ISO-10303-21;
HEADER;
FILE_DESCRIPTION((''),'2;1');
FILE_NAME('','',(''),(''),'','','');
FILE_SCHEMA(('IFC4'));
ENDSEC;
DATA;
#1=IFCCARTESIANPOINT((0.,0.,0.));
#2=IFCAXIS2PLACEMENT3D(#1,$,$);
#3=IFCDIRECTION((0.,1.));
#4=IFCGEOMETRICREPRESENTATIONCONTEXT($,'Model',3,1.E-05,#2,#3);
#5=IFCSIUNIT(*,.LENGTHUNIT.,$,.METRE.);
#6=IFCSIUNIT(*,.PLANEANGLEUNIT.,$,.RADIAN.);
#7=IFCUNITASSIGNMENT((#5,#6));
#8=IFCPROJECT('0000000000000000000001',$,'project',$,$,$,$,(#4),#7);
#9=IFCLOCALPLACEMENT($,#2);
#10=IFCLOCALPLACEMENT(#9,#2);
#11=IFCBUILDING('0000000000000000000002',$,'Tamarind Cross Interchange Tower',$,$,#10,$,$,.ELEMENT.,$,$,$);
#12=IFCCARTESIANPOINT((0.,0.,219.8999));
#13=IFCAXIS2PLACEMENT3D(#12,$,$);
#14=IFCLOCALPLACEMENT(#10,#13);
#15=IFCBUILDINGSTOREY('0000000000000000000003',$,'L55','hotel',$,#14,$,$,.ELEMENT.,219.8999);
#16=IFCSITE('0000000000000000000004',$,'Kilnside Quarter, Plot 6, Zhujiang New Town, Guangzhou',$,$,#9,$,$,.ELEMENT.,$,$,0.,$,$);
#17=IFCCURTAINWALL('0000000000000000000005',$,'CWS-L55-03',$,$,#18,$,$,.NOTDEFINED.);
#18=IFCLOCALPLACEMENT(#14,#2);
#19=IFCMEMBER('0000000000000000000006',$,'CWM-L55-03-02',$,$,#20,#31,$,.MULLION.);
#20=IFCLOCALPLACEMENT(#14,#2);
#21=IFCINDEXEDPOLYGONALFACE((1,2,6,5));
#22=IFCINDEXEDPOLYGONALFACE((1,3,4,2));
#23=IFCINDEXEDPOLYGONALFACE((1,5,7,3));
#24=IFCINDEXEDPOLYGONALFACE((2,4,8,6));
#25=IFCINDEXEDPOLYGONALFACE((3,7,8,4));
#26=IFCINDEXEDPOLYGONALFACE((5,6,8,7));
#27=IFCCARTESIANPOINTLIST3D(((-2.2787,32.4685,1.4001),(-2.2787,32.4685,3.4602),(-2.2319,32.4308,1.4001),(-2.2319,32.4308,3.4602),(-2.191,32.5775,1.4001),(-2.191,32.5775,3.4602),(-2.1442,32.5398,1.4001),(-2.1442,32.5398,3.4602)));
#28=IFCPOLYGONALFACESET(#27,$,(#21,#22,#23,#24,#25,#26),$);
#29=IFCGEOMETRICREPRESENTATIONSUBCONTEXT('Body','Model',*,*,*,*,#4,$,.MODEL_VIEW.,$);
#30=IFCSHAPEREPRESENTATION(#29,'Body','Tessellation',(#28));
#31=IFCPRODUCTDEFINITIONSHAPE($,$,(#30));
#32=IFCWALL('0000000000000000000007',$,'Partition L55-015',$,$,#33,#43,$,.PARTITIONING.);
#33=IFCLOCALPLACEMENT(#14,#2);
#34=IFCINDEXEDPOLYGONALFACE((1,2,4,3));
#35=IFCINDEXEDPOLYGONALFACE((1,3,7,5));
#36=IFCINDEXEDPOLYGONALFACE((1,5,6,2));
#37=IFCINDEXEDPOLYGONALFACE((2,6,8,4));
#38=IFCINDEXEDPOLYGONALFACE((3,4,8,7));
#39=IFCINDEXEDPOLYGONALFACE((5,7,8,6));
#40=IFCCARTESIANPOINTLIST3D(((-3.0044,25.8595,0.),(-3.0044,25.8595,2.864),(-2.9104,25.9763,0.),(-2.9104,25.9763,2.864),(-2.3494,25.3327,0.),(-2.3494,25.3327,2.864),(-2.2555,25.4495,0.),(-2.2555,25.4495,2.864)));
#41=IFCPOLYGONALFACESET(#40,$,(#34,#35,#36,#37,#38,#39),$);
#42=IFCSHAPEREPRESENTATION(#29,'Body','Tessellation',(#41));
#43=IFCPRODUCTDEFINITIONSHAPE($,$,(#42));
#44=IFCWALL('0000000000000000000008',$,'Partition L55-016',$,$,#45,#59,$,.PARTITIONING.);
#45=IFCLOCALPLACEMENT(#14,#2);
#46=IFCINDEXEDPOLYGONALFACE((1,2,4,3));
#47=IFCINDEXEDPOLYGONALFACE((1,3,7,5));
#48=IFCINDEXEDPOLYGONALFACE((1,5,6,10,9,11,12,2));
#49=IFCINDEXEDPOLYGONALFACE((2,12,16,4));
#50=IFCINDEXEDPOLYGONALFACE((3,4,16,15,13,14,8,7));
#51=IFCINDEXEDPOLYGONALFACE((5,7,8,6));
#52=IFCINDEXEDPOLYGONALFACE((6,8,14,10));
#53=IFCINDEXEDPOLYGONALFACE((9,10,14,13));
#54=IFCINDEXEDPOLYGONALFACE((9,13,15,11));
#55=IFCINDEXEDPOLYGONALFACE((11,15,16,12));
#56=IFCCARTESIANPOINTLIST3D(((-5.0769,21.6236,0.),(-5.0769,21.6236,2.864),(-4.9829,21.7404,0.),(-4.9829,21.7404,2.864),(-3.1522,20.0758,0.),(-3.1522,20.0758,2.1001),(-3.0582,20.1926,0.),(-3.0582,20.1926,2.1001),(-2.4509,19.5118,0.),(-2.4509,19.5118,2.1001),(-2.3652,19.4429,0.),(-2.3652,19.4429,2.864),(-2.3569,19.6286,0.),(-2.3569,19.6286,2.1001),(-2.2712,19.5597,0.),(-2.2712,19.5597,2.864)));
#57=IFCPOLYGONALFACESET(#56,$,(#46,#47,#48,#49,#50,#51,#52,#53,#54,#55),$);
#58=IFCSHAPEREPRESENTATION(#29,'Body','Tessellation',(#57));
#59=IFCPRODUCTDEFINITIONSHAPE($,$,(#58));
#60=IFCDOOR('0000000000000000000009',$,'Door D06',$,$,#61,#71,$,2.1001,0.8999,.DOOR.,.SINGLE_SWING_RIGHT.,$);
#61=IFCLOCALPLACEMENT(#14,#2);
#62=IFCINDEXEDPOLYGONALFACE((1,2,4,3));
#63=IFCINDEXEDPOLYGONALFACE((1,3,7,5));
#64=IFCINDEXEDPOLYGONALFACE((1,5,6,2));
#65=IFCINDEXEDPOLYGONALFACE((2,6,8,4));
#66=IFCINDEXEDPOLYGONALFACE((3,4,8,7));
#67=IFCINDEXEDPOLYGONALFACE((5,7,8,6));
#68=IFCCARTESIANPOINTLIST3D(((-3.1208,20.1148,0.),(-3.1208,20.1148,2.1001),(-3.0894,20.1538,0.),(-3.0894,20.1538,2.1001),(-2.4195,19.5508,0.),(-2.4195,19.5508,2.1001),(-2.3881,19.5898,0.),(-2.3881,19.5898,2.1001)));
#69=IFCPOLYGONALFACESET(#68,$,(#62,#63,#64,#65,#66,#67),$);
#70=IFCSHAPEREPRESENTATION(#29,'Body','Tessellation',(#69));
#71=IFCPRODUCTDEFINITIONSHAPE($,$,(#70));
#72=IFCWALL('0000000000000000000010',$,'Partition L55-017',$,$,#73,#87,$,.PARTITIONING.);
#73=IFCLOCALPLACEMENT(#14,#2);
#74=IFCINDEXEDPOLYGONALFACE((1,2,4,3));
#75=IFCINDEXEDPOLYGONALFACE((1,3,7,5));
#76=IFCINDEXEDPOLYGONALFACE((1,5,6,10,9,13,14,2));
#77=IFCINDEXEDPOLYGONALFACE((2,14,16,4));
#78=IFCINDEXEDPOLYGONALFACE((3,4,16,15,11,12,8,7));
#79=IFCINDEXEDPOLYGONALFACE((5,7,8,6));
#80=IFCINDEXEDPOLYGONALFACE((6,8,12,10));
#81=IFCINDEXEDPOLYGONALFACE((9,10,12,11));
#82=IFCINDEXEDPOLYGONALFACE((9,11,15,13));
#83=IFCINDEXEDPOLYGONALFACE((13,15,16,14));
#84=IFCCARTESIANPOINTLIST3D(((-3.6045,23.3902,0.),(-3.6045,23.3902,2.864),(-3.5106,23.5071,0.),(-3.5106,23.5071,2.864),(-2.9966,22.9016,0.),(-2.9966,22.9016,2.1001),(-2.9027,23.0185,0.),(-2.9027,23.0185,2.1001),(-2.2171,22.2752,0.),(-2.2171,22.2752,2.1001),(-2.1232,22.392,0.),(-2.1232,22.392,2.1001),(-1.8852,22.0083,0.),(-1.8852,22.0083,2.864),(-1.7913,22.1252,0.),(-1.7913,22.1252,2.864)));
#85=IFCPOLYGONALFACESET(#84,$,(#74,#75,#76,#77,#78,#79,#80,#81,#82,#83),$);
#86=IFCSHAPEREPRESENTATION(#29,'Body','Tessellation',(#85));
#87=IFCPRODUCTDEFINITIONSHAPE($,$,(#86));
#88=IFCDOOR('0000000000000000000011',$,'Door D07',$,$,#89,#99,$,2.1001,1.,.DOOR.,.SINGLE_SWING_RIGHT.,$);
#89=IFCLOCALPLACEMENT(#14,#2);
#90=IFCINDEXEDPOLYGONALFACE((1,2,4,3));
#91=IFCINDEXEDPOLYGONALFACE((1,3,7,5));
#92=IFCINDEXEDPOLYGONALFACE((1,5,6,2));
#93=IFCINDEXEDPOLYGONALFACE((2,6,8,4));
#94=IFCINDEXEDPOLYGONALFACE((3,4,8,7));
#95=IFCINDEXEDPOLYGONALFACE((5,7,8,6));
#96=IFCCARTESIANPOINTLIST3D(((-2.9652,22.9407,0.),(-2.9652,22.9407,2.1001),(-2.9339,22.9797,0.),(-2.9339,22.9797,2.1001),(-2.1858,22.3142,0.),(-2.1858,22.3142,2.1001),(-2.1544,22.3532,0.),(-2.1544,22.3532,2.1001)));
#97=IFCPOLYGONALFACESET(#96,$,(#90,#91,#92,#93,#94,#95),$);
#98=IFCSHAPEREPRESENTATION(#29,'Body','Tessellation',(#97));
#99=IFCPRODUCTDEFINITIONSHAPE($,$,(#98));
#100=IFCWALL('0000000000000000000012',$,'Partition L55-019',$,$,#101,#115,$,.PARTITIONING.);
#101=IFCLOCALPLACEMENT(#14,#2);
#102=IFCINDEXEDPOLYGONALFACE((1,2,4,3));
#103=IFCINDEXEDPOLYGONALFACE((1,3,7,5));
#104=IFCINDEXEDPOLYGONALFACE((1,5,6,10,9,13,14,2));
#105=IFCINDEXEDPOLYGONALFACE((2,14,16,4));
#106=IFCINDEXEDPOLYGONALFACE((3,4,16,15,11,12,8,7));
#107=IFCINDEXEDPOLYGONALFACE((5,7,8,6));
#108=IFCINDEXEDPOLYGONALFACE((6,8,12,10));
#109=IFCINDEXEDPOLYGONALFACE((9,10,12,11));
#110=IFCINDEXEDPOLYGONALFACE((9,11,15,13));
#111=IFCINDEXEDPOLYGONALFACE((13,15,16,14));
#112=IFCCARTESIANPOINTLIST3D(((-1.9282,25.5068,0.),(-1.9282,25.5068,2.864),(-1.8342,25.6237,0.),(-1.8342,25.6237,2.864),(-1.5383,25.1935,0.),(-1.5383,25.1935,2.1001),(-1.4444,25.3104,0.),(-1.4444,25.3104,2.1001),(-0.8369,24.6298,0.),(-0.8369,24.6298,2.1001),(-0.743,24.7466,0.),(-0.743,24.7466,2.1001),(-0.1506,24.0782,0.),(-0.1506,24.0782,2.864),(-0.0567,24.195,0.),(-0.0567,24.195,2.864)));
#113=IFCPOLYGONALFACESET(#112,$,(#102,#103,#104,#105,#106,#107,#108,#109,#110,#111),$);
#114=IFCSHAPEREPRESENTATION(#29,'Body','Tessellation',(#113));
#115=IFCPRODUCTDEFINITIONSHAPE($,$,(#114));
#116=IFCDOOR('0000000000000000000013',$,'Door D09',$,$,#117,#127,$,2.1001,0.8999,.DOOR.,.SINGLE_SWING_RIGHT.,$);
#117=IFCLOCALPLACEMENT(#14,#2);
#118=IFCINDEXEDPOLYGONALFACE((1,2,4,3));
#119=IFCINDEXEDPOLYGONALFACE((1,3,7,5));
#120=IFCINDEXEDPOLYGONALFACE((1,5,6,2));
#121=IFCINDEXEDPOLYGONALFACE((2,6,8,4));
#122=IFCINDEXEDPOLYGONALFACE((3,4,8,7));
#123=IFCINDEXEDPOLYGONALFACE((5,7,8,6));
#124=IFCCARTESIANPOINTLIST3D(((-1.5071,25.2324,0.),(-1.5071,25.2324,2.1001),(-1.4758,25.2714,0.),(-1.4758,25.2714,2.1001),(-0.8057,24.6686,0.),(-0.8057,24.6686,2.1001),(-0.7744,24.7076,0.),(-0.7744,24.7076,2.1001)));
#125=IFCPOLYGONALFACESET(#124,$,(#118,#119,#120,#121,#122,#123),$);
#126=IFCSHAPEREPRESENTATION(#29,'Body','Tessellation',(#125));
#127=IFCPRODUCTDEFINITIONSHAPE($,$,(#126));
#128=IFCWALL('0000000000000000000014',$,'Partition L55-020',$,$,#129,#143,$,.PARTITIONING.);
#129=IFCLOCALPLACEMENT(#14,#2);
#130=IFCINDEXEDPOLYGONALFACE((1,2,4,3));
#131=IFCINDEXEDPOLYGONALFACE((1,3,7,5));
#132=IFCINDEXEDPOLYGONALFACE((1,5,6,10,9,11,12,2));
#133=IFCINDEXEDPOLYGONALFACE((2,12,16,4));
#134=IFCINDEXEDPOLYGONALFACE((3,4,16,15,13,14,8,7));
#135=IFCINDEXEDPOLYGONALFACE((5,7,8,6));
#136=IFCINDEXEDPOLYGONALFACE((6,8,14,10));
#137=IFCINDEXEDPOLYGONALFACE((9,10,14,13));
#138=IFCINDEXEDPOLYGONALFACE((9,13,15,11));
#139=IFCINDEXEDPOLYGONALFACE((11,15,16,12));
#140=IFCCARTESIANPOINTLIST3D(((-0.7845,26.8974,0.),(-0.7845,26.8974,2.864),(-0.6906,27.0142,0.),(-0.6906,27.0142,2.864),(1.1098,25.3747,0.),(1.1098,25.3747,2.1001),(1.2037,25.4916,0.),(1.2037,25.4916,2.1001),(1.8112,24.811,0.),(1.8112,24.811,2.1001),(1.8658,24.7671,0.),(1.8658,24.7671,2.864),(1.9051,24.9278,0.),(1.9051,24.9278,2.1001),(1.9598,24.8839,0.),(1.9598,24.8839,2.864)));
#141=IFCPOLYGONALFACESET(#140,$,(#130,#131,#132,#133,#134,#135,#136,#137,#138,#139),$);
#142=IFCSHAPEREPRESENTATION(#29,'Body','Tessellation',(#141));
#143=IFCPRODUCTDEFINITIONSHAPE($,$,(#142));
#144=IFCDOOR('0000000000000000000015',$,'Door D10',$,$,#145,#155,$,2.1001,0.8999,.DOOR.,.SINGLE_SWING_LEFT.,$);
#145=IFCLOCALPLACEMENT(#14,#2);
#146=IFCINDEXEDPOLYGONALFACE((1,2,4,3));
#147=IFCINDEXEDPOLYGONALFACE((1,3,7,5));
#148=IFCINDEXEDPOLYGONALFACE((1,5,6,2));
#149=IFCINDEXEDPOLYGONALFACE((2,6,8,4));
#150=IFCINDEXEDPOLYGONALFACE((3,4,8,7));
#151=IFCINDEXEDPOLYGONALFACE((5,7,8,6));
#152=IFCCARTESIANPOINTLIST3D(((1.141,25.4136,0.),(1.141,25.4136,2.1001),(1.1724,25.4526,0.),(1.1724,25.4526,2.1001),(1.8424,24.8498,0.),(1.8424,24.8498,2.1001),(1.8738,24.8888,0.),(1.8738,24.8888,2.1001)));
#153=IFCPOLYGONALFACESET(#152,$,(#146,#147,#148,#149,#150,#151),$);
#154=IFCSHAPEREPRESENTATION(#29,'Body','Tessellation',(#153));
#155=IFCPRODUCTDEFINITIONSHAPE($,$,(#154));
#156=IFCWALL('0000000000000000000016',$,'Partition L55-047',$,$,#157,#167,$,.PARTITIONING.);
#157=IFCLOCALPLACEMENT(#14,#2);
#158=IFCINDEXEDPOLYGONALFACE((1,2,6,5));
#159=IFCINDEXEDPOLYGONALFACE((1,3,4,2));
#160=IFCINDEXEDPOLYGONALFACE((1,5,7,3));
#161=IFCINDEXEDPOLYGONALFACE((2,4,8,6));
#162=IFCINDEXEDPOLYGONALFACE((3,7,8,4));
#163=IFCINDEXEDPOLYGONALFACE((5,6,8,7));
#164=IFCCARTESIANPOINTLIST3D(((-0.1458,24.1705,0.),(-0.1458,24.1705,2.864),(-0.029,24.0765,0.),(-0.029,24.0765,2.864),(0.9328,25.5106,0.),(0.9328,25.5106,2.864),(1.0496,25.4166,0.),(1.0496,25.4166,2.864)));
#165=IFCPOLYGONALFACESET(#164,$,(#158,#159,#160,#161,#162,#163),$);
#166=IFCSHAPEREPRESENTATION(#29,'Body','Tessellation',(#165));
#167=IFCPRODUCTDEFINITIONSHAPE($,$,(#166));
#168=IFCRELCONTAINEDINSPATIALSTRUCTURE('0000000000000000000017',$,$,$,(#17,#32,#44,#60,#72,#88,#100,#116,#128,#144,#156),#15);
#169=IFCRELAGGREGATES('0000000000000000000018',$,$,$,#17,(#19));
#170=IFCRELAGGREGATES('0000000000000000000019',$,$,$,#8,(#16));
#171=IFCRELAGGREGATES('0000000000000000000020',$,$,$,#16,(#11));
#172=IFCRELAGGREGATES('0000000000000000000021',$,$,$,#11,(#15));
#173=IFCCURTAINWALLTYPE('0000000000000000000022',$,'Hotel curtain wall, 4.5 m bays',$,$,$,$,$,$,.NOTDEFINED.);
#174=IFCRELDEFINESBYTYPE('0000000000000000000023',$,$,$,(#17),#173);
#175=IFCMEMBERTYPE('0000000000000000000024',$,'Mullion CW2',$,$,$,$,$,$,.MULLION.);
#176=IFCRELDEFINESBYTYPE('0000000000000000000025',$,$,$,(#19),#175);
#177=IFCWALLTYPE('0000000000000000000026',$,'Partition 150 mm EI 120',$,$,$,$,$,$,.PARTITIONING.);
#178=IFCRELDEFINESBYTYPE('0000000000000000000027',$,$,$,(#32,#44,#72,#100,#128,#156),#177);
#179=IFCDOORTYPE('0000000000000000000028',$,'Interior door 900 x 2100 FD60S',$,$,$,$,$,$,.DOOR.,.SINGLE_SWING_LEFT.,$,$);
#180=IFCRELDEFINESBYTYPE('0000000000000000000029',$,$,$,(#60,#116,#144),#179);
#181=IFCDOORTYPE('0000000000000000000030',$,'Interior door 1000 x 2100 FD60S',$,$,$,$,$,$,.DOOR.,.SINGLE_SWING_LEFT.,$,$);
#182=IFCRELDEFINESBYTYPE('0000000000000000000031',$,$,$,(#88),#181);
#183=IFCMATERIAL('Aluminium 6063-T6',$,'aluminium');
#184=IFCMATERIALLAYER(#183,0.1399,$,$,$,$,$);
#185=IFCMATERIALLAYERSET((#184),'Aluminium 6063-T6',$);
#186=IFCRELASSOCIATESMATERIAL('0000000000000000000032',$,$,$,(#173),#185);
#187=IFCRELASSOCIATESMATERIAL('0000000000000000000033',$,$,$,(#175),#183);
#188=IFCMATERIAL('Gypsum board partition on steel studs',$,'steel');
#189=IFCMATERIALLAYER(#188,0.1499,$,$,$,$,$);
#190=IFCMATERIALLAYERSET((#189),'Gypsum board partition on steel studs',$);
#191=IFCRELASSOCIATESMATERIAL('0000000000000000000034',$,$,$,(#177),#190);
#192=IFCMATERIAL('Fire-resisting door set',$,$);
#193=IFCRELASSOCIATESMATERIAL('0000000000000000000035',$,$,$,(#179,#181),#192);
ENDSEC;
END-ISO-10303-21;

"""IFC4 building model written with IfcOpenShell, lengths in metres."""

from ifc_helpers import new_model, si_unit, direction, frame, frame_2d, origin, origin_2d, place, context, subcontext, project, spatial, rectangle, extrude, material, layer, layer_set, material_profile, profile_set, type_object, element, fill, aggregate, save


model = new_model("IFC4")

# Units and contexts
model_context = context("Model", 3, precision=1e-05, world=origin(), true_north=direction((0.0, 1.0)))
body_context = subcontext(model_context, "Body", "Model", "MODEL_VIEW")
ifc_project = project(units=[si_unit("LENGTHUNIT", "METRE"), si_unit("PLANEANGLEUNIT", "RADIAN")], contexts=[model_context])

# Site, building, storey
site_placement = place(None, origin())
site = spatial("IfcSite", under=ifc_project, at=site_placement, Name="Kilnside Quarter, Plot 6, Zhujiang New Town, Guangzhou", CompositionType="ELEMENT", RefElevation=0.0)
building_placement = place(site_placement, origin())
building = spatial("IfcBuilding", under=site, at=building_placement, Name="Tamarind Cross Interchange Tower", CompositionType="ELEMENT")
storey_placement = place(building_placement, frame((0.0, 0.0, 219.8999)))
storey = spatial("IfcBuildingStorey", under=building, at=storey_placement, Name="L55", Description="hotel", CompositionType="ELEMENT", Elevation=219.8999)

# Curtain wall, member
ifc_material_1 = material(Name="Aluminium 6063-T6", Category="aluminium")
ifc_layer_1 = layer(ifc_material_1, 0.1399)
ifc_layer_set_1 = layer_set([ifc_layer_1], Name="Aluminium 6063-T6")
curtain_wall_type = type_object("IfcCurtainWallType", Name="Hotel curtain wall, 4.5 m bays", PredefinedType="NOTDEFINED", material=ifc_layer_set_1)
curtain_wall_placement = place(storey_placement, origin())
curtain_wall = element("IfcCurtainWall", 1, at=curtain_wall_placement, inside=storey, type_object=curtain_wall_type, Name="CWS-L55-03", PredefinedType="NOTDEFINED")
ifc_material_profile_1 = material_profile(ifc_material_1, rectangle(XDim=0.0601, YDim=0.1399, at=origin_2d()), Name="Mullion CW2")
ifc_profile_set_1 = profile_set([ifc_material_profile_1], Name="Aluminium 6063-T6")
member_type = type_object("IfcMemberType", Name="Mullion CW2", PredefinedType="MULLION", material=ifc_profile_set_1)
member_placement = place(storey_placement, frame((-2.2114, 32.5042, 1.4001), z_axis=(0.0, 0.0, 1.0), x_axis=(-0.779285, 0.626669, 0.0)))
member = element("IfcMember", 2, at=member_placement, type_object=member_type, Name="CWM-L55-03-02", PredefinedType="MULLION", context=body_context, shape_type="SweptSolid", body=[
    extrude(rectangle(XDim=0.0601, YDim=0.1399, at=origin_2d()), origin(), (0.0, 0.0, 1.0), 2.0601),
])
aggregate(curtain_wall, [member])

# Wall
ifc_material_2 = material(Name="Gypsum board partition on steel studs", Category="steel")
ifc_layer_2 = layer(ifc_material_2, 0.1499)
ifc_layer_set_2 = layer_set([ifc_layer_2], Name="Gypsum board partition on steel studs")
wall_type_1 = type_object("IfcWallType", Name="Partition 150 mm EI 120", PredefinedType="PARTITIONING", material=ifc_layer_set_2)
wall_1_placement = place(storey_placement, frame((-2.9575, 25.918, 0.0), z_axis=(0.0, 0.0, 1.0), x_axis=(0.779223, -0.626747, 0.0)))
element("IfcWall", 3, at=wall_1_placement, inside=storey, type_object=wall_type_1, Name="Partition L55-015", PredefinedType="PARTITIONING", context=body_context, shape_type="SweptSolid", body=[
    extrude(rectangle(XDim=0.8406, YDim=0.1499, at=frame_2d((0.4204, 0.0))), origin(), (0.0, 0.0, 1.0), 2.864),
])

# Walls, openings, doors
wall_2_placement = place(storey_placement, frame((-5.0298, 21.6819, 0.0), z_axis=(0.0, 0.0, 1.0), x_axis=(0.779278, -0.626678, 0.0)))
wall_2 = element("IfcWall", 4, at=wall_2_placement, inside=storey, type_object=wall_type_1, Name="Partition L55-016", PredefinedType="PARTITIONING", context=body_context, shape_type="SweptSolid", body=[
    extrude(rectangle(XDim=3.4797, YDim=0.1499, at=frame_2d((1.7397, 0.0))), origin(), (0.0, 0.0, 1.0), 2.864),
])
opening_1_placement = place(wall_2_placement, frame((2.4697, 0.0, 0.0)))
opening_1 = element("IfcOpeningElement", 5, at=opening_1_placement, cuts=wall_2, PredefinedType="OPENING", context=body_context, shape_type="SweptSolid", body=[
    extrude(rectangle(XDim=0.8999, YDim=2.1001, at=frame_2d((0.45, 1.05))), frame((0.0, 0.085, 0.0), z_axis=(0.0, -1.0, 0.0), x_axis=(1.0, 0.0, 0.0)), (0.0, 0.0, 1.0), 0.1699),
])
ifc_material_3 = material(Name="Fire-resisting door set")
door_type_1 = type_object("IfcDoorType", Name="Interior door 900 x 2100 FD60S", OperationType="SINGLE_SWING_LEFT", PredefinedType="DOOR", material=ifc_material_3)
door_1_placement = place(opening_1_placement, frame((0.8999, 0.0, 0.0), z_axis=(0.0, 0.0, 1.0), x_axis=(-1.0, 0.0, 0.0)))
door_1 = element("IfcDoor", 6, at=door_1_placement, inside=storey, type_object=door_type_1, Name="Door D06", OperationType="SINGLE_SWING_RIGHT", OverallHeight=2.1001, OverallWidth=0.8999, PredefinedType="DOOR", context=body_context, shape_type="SweptSolid", body=[
    extrude(rectangle(XDim=0.8999, YDim=2.1001, at=frame_2d((0.45, 1.05))), frame((0.0, 0.0249, 0.0), z_axis=(0.0, -1.0, 0.0), x_axis=(1.0, 0.0, 0.0)), (0.0, 0.0, 1.0), 0.05),
])
fill(opening_1, door_1)
wall_3_placement = place(storey_placement, frame((-3.5576, 23.4487, 0.0), z_axis=(0.0, 0.0, 1.0), x_axis=(0.779441, -0.626475, 0.0)))
wall_3 = element("IfcWall", 7, at=wall_3_placement, inside=storey, type_object=wall_type_1, Name="Partition L55-017", PredefinedType="PARTITIONING", context=body_context, shape_type="SweptSolid", body=[
    extrude(rectangle(XDim=2.2058, YDim=0.1499, at=frame_2d((1.103, 0.0))), origin(), (0.0, 0.0, 1.0), 2.864),
])
opening_2_placement = place(wall_3_placement, frame((0.78, 0.0, 0.0)))
opening_2 = element("IfcOpeningElement", 8, at=opening_2_placement, cuts=wall_3, PredefinedType="OPENING", context=body_context, shape_type="SweptSolid", body=[
    extrude(rectangle(XDim=1.0, YDim=2.1001, at=frame_2d((0.5, 1.05))), frame((0.0, 0.085, 0.0), z_axis=(0.0, -1.0, 0.0), x_axis=(1.0, 0.0, 0.0)), (0.0, 0.0, 1.0), 0.1699),
])
door_type_2 = type_object("IfcDoorType", Name="Interior door 1000 x 2100 FD60S", OperationType="SINGLE_SWING_LEFT", PredefinedType="DOOR", material=ifc_material_3)
door_2_placement = place(opening_2_placement, frame((1.0, 0.0, 0.0), z_axis=(0.0, 0.0, 1.0), x_axis=(-1.0, 0.0, 0.0)))
door_2 = element("IfcDoor", 9, at=door_2_placement, inside=storey, type_object=door_type_2, Name="Door D07", OperationType="SINGLE_SWING_RIGHT", OverallHeight=2.1001, OverallWidth=1.0, PredefinedType="DOOR", context=body_context, shape_type="SweptSolid", body=[
    extrude(rectangle(XDim=1.0, YDim=2.1001, at=frame_2d((0.5, 1.05))), frame((0.0, 0.0249, 0.0), z_axis=(0.0, -1.0, 0.0), x_axis=(1.0, 0.0, 0.0)), (0.0, 0.0, 1.0), 0.05),
])
fill(opening_2, door_2)
wall_4_placement = place(storey_placement, frame((-1.8811, 25.5652, 0.0), z_axis=(0.0, 0.0, 1.0), x_axis=(0.779446, -0.626469, 0.0)))
wall_4 = element("IfcWall", 10, at=wall_4_placement, inside=storey, type_object=wall_type_1, Name="Partition L55-019", PredefinedType="PARTITIONING", context=body_context, shape_type="SweptSolid", body=[
    extrude(rectangle(XDim=2.2805, YDim=0.1499, at=frame_2d((1.1401, 0.0))), origin(), (0.0, 0.0, 1.0), 2.864),
])
opening_3_placement = place(wall_4_placement, frame((0.5, 0.0, 0.0)))
opening_3 = element("IfcOpeningElement", 11, at=opening_3_placement, cuts=wall_4, PredefinedType="OPENING", context=body_context, shape_type="SweptSolid", body=[
    extrude(rectangle(XDim=0.8999, YDim=2.1001, at=frame_2d((0.45, 1.05))), frame((0.0, 0.085, 0.0), z_axis=(0.0, -1.0, 0.0), x_axis=(1.0, 0.0, 0.0)), (0.0, 0.0, 1.0), 0.1699),
])
door_3_placement = place(opening_3_placement, origin())
door_3 = element("IfcDoor", 12, at=door_3_placement, inside=storey, type_object=door_type_1, Name="Door D09", OperationType="SINGLE_SWING_RIGHT", OverallHeight=2.1001, OverallWidth=0.8999, PredefinedType="DOOR", context=body_context, shape_type="SweptSolid", body=[
    extrude(rectangle(XDim=0.8999, YDim=2.1001, at=frame_2d((0.45, 1.05))), frame((0.0, 0.0249, 0.0), z_axis=(0.0, -1.0, 0.0), x_axis=(1.0, 0.0, 0.0)), (0.0, 0.0, 1.0), 0.05),
])
fill(opening_3, door_3)
wall_5_placement = place(storey_placement, frame((-0.7375, 26.9558, 0.0), z_axis=(0.0, 0.0, 1.0), x_axis=(0.779424, -0.626497, 0.0)))
wall_5 = element("IfcWall", 13, at=wall_5_placement, inside=storey, type_object=wall_type_1, Name="Partition L55-020", PredefinedType="PARTITIONING", context=body_context, shape_type="SweptSolid", body=[
    extrude(rectangle(XDim=3.4004, YDim=0.1499, at=frame_2d((1.7002, 0.0))), origin(), (0.0, 0.0, 1.0), 2.864),
])
opening_4_placement = place(wall_5_placement, frame((2.4304, 0.0, 0.0)))
opening_4 = element("IfcOpeningElement", 14, at=opening_4_placement, cuts=wall_5, PredefinedType="OPENING", context=body_context, shape_type="SweptSolid", body=[
    extrude(rectangle(XDim=0.8999, YDim=2.1001, at=frame_2d((0.45, 1.05))), frame((0.0, 0.085, 0.0), z_axis=(0.0, -1.0, 0.0), x_axis=(1.0, 0.0, 0.0)), (0.0, 0.0, 1.0), 0.1699),
])
door_4_placement = place(opening_4_placement, origin())
door_4 = element("IfcDoor", 15, at=door_4_placement, inside=storey, type_object=door_type_1, Name="Door D10", OperationType="SINGLE_SWING_LEFT", OverallHeight=2.1001, OverallWidth=0.8999, PredefinedType="DOOR", context=body_context, shape_type="SweptSolid", body=[
    extrude(rectangle(XDim=0.8999, YDim=2.1001, at=frame_2d((0.45, 1.05))), frame((0.0, 0.0249, 0.0), z_axis=(0.0, -1.0, 0.0), x_axis=(1.0, 0.0, 0.0)), (0.0, 0.0, 1.0), 0.05),
])
fill(opening_4, door_4)

# Wall
wall_6_placement = place(storey_placement, frame((-0.0874, 24.1235, 0.0), z_axis=(0.0, 0.0, 1.0), x_axis=(0.627012, 0.77901, 0.0)))
element("IfcWall", 16, at=wall_6_placement, inside=storey, type_object=wall_type_1, Name="Partition L55-047", PredefinedType="PARTITIONING", context=body_context, shape_type="SweptSolid", body=[
    extrude(rectangle(XDim=1.7202, YDim=0.1499, at=frame_2d((0.8601, 0.0))), origin(), (0.0, 0.0, 1.0), 2.864),
])

save(model, "model.ifc")
